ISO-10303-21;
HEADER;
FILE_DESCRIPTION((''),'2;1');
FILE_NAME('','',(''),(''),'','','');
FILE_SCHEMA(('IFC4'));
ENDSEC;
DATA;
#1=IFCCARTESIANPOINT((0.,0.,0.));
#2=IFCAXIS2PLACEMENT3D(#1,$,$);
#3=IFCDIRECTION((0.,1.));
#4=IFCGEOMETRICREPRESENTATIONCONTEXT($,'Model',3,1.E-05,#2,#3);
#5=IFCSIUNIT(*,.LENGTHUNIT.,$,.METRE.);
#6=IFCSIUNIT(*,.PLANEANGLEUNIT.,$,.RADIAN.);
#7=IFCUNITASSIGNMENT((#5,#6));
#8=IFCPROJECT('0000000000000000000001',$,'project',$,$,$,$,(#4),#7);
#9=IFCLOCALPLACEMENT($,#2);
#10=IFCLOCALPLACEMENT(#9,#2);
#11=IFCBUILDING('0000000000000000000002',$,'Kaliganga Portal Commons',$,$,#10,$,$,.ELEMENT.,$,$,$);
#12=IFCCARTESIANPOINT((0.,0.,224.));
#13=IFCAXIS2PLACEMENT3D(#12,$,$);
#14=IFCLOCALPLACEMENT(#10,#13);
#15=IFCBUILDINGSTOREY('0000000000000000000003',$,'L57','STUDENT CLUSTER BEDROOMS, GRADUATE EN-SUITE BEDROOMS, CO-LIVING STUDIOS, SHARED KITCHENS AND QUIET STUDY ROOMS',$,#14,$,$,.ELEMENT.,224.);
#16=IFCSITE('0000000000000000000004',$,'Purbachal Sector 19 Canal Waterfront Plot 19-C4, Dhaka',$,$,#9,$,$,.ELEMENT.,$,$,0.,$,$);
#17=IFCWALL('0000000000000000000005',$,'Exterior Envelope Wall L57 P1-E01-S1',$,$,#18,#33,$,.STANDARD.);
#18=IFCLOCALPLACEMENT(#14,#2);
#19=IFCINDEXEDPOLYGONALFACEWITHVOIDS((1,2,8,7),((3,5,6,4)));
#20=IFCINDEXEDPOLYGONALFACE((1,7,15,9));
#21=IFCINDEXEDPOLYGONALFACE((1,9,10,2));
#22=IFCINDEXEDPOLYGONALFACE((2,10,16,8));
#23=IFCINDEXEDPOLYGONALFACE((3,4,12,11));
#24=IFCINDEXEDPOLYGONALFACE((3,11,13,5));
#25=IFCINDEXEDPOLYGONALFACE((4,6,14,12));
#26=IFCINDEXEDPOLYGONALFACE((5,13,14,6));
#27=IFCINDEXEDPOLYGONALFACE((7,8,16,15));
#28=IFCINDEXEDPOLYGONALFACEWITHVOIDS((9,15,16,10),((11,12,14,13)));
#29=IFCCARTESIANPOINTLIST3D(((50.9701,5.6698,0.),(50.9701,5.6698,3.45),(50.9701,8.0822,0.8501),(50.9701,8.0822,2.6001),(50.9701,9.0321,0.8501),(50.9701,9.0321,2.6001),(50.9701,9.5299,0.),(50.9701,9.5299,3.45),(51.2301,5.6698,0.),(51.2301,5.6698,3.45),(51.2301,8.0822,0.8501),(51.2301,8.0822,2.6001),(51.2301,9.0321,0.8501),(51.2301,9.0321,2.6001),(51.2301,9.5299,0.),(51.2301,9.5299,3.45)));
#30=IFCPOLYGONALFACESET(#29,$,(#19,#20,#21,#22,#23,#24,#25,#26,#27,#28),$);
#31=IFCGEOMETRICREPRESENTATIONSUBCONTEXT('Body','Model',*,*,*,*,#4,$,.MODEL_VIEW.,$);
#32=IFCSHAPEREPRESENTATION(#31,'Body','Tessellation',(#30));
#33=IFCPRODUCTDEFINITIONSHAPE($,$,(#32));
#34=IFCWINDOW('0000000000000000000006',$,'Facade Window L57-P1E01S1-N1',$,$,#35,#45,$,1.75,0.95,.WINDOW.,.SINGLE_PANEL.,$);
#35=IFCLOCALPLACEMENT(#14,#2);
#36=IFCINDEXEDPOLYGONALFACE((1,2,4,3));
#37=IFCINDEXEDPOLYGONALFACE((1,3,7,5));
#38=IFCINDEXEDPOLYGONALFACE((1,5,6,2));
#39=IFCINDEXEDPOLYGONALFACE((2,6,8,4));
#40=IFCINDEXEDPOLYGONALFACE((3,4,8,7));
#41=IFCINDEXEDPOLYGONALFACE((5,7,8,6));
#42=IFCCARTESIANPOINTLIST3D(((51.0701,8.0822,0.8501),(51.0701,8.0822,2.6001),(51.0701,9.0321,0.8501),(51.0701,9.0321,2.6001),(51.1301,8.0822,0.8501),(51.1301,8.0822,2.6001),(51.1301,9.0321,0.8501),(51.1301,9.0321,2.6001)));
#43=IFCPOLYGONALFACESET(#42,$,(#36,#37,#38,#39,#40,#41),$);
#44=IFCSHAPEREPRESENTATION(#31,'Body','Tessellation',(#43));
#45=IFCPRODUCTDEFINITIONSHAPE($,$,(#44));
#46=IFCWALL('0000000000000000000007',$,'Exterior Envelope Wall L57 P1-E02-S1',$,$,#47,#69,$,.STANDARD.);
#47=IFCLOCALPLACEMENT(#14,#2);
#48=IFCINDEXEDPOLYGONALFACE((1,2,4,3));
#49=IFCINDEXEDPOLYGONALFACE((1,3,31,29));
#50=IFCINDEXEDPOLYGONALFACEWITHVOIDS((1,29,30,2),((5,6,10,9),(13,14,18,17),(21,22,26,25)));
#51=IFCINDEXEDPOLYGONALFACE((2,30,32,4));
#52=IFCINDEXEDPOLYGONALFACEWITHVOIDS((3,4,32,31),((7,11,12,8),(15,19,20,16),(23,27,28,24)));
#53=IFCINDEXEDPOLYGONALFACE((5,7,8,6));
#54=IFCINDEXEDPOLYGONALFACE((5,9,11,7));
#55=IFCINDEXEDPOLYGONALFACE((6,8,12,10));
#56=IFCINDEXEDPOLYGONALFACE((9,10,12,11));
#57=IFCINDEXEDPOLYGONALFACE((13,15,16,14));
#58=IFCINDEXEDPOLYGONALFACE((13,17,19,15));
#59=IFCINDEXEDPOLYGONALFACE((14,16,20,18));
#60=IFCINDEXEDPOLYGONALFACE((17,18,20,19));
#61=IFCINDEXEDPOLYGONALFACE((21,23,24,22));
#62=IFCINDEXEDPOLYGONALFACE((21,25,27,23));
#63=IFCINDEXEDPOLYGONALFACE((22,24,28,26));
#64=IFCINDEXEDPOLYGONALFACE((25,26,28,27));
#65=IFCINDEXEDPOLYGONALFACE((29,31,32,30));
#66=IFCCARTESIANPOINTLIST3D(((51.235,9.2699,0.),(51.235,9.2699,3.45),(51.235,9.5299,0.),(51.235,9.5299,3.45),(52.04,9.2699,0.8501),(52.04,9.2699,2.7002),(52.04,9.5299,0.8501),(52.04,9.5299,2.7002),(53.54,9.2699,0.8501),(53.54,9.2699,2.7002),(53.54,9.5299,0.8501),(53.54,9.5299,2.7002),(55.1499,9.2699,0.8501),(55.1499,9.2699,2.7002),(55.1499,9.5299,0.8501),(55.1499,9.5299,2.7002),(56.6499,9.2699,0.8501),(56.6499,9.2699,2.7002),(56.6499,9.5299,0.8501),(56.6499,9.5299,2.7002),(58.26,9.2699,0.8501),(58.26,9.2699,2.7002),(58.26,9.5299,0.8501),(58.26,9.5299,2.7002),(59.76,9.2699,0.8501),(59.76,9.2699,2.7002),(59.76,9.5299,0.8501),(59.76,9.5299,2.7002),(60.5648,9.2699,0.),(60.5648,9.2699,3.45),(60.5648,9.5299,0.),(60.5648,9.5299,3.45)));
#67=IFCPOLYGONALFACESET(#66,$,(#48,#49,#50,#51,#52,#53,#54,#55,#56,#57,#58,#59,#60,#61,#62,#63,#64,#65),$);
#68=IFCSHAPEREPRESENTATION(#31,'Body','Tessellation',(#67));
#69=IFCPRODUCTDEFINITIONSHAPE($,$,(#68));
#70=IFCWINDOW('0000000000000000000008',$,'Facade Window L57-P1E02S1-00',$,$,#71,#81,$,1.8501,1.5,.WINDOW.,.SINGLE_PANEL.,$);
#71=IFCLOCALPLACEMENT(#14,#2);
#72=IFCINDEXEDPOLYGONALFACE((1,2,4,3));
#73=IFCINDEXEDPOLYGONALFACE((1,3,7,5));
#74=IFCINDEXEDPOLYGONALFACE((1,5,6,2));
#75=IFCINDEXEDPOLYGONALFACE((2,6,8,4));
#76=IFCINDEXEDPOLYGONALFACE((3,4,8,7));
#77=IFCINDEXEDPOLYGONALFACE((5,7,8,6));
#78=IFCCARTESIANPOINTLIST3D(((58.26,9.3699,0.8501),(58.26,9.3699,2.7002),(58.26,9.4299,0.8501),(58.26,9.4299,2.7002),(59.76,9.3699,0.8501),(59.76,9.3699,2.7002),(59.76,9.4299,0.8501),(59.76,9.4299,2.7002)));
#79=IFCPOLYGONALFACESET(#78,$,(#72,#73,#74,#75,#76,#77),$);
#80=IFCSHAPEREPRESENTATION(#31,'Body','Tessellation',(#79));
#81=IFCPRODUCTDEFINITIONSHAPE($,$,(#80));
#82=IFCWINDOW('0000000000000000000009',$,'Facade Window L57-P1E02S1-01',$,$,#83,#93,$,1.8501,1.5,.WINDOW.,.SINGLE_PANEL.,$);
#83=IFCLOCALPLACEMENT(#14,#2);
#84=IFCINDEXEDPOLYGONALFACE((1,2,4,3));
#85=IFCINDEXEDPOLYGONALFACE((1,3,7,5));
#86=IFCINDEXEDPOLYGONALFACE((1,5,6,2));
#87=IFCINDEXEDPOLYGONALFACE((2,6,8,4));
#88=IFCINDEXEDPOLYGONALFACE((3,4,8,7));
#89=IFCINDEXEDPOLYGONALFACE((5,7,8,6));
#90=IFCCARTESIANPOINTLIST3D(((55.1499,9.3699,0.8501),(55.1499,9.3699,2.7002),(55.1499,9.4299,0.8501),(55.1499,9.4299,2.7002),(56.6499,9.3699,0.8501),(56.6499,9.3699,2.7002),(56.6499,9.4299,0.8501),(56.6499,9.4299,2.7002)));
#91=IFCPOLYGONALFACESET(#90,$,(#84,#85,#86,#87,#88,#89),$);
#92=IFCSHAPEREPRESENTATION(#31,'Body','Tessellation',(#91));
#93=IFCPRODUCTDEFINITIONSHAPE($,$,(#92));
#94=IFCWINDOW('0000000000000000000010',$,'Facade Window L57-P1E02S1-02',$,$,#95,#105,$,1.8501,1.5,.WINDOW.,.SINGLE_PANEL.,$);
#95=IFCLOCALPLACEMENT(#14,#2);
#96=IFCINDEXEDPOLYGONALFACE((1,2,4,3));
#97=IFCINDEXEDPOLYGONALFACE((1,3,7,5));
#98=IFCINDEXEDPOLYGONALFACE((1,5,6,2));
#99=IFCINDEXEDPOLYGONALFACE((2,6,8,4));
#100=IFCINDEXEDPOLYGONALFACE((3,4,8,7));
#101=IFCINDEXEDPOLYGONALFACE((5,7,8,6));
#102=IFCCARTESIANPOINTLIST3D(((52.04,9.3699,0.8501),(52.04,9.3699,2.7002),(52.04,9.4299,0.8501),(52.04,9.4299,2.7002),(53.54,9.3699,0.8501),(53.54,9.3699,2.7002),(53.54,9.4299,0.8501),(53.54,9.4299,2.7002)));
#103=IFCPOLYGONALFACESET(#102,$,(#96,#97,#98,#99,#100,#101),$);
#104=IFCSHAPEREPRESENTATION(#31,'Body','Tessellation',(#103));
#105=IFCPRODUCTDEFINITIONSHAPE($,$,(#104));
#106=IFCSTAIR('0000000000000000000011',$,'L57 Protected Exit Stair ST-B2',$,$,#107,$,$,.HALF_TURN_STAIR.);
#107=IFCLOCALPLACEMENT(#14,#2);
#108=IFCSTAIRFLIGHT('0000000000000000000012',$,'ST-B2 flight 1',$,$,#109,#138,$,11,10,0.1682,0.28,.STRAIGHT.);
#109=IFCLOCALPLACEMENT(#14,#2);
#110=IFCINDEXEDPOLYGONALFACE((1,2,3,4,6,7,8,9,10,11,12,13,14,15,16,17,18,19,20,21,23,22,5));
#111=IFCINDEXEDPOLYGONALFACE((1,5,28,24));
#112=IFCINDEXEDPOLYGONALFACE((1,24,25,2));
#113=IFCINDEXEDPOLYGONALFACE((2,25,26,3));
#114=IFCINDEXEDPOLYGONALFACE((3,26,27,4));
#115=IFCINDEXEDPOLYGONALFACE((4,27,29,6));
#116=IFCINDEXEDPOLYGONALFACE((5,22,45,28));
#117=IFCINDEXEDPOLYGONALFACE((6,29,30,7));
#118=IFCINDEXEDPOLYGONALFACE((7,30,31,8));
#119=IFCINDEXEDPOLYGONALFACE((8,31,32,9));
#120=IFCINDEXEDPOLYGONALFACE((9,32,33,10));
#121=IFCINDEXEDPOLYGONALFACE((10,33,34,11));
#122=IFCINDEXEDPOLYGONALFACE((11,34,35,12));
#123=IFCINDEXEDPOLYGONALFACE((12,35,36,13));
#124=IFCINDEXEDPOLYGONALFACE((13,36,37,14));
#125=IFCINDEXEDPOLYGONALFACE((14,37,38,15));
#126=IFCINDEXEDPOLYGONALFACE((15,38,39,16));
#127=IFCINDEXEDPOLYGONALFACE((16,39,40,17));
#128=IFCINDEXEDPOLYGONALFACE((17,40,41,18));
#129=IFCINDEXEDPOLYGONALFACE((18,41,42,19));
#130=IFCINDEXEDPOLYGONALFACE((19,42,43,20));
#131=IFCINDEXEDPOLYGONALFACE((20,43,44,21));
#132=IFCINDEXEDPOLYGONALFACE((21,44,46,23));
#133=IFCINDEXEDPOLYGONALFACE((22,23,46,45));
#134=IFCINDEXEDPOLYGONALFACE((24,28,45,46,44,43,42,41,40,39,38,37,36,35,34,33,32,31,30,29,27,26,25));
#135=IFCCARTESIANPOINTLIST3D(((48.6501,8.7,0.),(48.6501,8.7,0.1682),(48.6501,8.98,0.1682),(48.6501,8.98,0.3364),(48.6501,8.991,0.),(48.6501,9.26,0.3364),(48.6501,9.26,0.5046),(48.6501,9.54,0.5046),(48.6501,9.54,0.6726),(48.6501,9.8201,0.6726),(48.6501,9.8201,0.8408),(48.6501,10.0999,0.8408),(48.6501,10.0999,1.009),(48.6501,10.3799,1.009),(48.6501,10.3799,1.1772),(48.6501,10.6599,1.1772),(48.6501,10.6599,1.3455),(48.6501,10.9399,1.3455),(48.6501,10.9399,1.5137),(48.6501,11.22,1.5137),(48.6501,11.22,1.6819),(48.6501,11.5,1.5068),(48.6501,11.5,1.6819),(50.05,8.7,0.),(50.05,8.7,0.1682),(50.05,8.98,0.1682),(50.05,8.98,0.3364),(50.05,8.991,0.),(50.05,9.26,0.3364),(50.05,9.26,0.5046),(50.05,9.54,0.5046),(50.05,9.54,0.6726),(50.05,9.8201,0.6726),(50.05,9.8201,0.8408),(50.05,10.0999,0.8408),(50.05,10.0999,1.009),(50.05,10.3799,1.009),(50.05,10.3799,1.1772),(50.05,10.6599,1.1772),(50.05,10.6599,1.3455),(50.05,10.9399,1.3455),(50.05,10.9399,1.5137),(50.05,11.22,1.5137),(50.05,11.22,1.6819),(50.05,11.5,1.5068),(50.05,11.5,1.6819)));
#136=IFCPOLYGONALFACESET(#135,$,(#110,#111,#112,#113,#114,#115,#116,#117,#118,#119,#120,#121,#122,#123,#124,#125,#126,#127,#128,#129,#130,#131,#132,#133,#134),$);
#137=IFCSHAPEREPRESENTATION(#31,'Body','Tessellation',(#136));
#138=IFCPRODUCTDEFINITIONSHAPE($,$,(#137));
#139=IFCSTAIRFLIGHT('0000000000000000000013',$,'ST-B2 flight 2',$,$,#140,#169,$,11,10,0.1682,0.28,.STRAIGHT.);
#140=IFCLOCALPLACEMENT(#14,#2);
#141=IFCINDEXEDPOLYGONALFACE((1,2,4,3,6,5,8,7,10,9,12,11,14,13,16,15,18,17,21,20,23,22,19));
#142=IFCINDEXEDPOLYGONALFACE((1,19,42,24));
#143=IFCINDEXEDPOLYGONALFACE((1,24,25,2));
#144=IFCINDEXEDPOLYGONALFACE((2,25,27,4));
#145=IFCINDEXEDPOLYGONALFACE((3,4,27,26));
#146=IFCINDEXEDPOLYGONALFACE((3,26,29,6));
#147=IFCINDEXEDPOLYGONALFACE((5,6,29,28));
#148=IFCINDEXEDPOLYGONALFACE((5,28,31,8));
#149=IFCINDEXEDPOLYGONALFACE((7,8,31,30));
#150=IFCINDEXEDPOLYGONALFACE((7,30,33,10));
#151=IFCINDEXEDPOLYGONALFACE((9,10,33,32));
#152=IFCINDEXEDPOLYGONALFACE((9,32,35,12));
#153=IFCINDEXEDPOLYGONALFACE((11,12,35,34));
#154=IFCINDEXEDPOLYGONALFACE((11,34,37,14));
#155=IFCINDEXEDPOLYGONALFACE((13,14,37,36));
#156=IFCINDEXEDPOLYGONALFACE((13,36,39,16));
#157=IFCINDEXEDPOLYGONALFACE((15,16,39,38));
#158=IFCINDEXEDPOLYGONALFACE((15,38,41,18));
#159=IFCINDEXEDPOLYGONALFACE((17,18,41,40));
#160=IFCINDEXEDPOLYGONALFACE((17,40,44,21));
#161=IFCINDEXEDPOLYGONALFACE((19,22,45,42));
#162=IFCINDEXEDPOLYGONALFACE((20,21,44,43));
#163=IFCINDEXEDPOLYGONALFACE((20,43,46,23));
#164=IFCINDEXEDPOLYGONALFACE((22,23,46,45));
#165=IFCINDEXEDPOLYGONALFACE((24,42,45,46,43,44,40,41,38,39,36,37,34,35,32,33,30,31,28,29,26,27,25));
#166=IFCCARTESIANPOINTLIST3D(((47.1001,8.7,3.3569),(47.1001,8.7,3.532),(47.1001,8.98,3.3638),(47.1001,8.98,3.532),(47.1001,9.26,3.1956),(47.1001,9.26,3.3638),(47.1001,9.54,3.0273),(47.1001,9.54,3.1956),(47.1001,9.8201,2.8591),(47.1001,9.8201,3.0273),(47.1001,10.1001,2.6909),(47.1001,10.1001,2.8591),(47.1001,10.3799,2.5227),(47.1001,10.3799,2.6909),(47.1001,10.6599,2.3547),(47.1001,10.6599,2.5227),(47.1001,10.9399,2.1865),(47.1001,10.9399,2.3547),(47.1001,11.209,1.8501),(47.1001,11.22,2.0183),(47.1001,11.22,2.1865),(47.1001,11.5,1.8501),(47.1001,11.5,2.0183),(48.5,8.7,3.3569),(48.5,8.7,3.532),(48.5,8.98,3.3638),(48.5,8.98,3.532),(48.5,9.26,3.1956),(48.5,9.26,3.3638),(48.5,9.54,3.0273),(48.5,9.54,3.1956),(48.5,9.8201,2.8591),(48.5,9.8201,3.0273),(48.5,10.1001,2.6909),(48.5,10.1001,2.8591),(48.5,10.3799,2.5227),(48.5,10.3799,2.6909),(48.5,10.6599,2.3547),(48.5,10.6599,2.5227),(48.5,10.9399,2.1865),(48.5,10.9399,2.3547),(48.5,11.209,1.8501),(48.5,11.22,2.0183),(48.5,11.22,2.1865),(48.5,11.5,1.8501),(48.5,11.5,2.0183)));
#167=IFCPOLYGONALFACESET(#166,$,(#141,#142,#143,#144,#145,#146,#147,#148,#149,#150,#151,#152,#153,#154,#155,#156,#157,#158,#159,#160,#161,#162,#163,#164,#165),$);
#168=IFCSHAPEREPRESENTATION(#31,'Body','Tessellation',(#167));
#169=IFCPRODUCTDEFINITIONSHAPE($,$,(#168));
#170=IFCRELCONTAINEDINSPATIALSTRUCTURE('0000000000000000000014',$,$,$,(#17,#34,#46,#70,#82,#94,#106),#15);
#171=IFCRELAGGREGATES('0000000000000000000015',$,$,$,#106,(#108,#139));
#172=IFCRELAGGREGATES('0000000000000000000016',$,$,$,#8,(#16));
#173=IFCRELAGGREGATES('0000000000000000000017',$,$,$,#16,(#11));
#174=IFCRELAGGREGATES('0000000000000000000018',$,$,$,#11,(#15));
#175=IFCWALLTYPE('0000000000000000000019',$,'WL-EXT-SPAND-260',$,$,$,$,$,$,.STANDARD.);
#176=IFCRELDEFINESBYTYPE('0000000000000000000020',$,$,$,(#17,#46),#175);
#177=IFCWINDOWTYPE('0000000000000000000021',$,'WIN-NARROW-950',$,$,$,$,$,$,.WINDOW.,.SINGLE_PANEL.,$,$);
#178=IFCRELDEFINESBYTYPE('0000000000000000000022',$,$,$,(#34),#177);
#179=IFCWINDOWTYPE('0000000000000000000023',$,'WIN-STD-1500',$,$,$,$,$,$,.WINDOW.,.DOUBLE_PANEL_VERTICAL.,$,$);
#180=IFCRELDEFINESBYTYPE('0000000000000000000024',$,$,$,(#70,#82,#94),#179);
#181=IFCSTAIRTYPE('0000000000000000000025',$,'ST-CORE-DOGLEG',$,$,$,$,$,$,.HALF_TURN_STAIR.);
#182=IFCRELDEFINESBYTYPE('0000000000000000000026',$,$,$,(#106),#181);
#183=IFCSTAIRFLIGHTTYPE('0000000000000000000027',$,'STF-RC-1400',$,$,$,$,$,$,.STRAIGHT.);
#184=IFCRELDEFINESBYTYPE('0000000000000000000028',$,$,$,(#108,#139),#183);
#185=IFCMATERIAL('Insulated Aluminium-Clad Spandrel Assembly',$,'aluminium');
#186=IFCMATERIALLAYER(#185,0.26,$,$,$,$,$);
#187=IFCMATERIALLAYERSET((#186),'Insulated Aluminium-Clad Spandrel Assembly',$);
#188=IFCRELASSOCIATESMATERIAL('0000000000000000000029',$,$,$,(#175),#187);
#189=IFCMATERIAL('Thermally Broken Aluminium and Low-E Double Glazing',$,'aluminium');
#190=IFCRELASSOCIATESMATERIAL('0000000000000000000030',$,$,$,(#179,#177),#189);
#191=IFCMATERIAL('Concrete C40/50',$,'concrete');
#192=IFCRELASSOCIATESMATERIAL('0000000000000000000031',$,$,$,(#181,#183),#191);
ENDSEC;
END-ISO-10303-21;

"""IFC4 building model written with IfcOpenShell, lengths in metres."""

from ifc_helpers import new_model, si_unit, direction, frame, frame_2d, origin, place, context, subcontext, project, spatial, polyline, rectangle, outline, extrude, material, layer, layer_set, type_object, element, fill, aggregate, save


model = new_model("IFC4")

# Units and contexts
model_context = context("Model", 3, precision=1e-05, world=origin(), true_north=direction((0.0, 1.0)))
body_context = subcontext(model_context, "Body", "Model", "MODEL_VIEW")
ifc_project = project(units=[si_unit("LENGTHUNIT", "METRE"), si_unit("PLANEANGLEUNIT", "RADIAN")], contexts=[model_context])

# Site, building, storey
site_placement = place(None, origin())
site = spatial("IfcSite", under=ifc_project, at=site_placement, Name="Purbachal Sector 19 Canal Waterfront Plot 19-C4, Dhaka", CompositionType="ELEMENT", RefElevation=0.0)
building_placement = place(site_placement, origin())
building = spatial("IfcBuilding", under=site, at=building_placement, Name="Kaliganga Portal Commons", CompositionType="ELEMENT")
storey_placement = place(building_placement, frame((0.0, 0.0, 224.0)))
storey = spatial("IfcBuildingStorey", under=building, at=storey_placement, Name="L57", Description="STUDENT CLUSTER BEDROOMS, GRADUATE EN-SUITE BEDROOMS, CO-LIVING STUDIOS, SHARED KITCHENS AND QUIET STUDY ROOMS", CompositionType="ELEMENT", Elevation=224.0)

# Shared definitions
ifc_material_1 = material(Name="Insulated Aluminium-Clad Spandrel Assembly", Category="aluminium")
ifc_layer_1 = layer(ifc_material_1, 0.26)
ifc_layer_set_1 = layer_set([ifc_layer_1], Name="Insulated Aluminium-Clad Spandrel Assembly")
wall_type_1 = type_object("IfcWallType", Name="WL-EXT-SPAND-260", PredefinedType="STANDARD", material=ifc_layer_set_1)
ifc_material_2 = material(Name="Thermally Broken Aluminium and Low-E Double Glazing", Category="aluminium")
window_type_1 = type_object("IfcWindowType", Name="WIN-STD-1500", PartitioningType="DOUBLE_PANEL_VERTICAL", PredefinedType="WINDOW", material=ifc_material_2)

# Wall, opening, window
wall_1_placement = place(storey_placement, frame((51.1001, 9.53, 0.0), z_axis=(0.0, 0.0, 1.0), x_axis=(0.0, -1.0, 0.0)))
wall_1 = element("IfcWall", 1, at=wall_1_placement, inside=storey, type_object=wall_type_1, Name="Exterior Envelope Wall L57 P1-E01-S1", PredefinedType="STANDARD", context=body_context, shape_type="SweptSolid", body=[
    extrude(rectangle(XDim=3.8601, YDim=0.26, at=frame_2d((1.9302, 0.0))), origin(), (0.0, 0.0, 1.0), 3.45),
])
opening_1_placement = place(wall_1_placement, frame((0.4978, 0.0, 0.8501)))
opening_1 = element("IfcOpeningElement", 2, at=opening_1_placement, cuts=wall_1, PredefinedType="OPENING", context=body_context, shape_type="SweptSolid", body=[
    extrude(rectangle(XDim=0.95, YDim=1.75, at=frame_2d((0.4751, 0.875))), frame((0.0, 0.1401, 0.0), z_axis=(0.0, -1.0, 0.0), x_axis=(1.0, 0.0, 0.0)), (0.0, 0.0, 1.0), 0.28),
])
window_type_2 = type_object("IfcWindowType", Name="WIN-NARROW-950", PartitioningType="SINGLE_PANEL", PredefinedType="WINDOW", material=ifc_material_2)
window_1_placement = place(opening_1_placement, origin())
window_1 = element("IfcWindow", 3, at=window_1_placement, inside=storey, type_object=window_type_2, Name="Facade Window L57-P1E01S1-N1", OverallHeight=1.75, OverallWidth=0.95, PartitioningType="SINGLE_PANEL", PredefinedType="WINDOW", context=body_context, shape_type="SweptSolid", body=[
    extrude(rectangle(XDim=0.95, YDim=1.75, at=frame_2d((0.4751, 0.875))), frame((0.0, 0.03, 0.0), z_axis=(0.0, -1.0, 0.0), x_axis=(1.0, 0.0, 0.0)), (0.0, 0.0, 1.0), 0.0601),
])
fill(opening_1, window_1)

# Wall, openings, windows
wall_2_placement = place(storey_placement, frame((60.5649, 9.3999, 0.0), z_axis=(0.0, 0.0, 1.0), x_axis=(-1.0, 0.0, 0.0)))
wall_2 = element("IfcWall", 4, at=wall_2_placement, inside=storey, type_object=wall_type_1, Name="Exterior Envelope Wall L57 P1-E02-S1", PredefinedType="STANDARD", context=body_context, shape_type="SweptSolid", body=[
    extrude(rectangle(XDim=9.3298, YDim=0.26, at=frame_2d((4.665, 0.0))), origin(), (0.0, 0.0, 1.0), 3.45),
])
opening_2_placement = place(wall_2_placement, frame((0.8049, 0.0, 0.8501)))
opening_2 = element("IfcOpeningElement", 5, at=opening_2_placement, cuts=wall_2, PredefinedType="OPENING", context=body_context, shape_type="SweptSolid", body=[
    extrude(rectangle(XDim=1.5, YDim=1.8501, at=frame_2d((0.75, 0.925))), frame((0.0, 0.1401, 0.0), z_axis=(0.0, -1.0, 0.0), x_axis=(1.0, 0.0, 0.0)), (0.0, 0.0, 1.0), 0.28),
])
opening_3_placement = place(wall_2_placement, frame((3.915, 0.0, 0.8501)))
opening_3 = element("IfcOpeningElement", 6, at=opening_3_placement, cuts=wall_2, PredefinedType="OPENING", context=body_context, shape_type="SweptSolid", body=[
    extrude(rectangle(XDim=1.5, YDim=1.8501, at=frame_2d((0.75, 0.925))), frame((0.0, 0.1401, 0.0), z_axis=(0.0, -1.0, 0.0), x_axis=(1.0, 0.0, 0.0)), (0.0, 0.0, 1.0), 0.28),
])
opening_4_placement = place(wall_2_placement, frame((7.0249, 0.0, 0.8501)))
opening_4 = element("IfcOpeningElement", 7, at=opening_4_placement, cuts=wall_2, PredefinedType="OPENING", context=body_context, shape_type="SweptSolid", body=[
    extrude(rectangle(XDim=1.5, YDim=1.8501, at=frame_2d((0.75, 0.925))), frame((0.0, 0.1401, 0.0), z_axis=(0.0, -1.0, 0.0), x_axis=(1.0, 0.0, 0.0)), (0.0, 0.0, 1.0), 0.28),
])
window_2_placement = place(opening_2_placement, origin())
window_2 = element("IfcWindow", 8, at=window_2_placement, inside=storey, type_object=window_type_1, Name="Facade Window L57-P1E02S1-00", OverallHeight=1.8501, OverallWidth=1.5, PartitioningType="SINGLE_PANEL", PredefinedType="WINDOW", context=body_context, shape_type="SweptSolid", body=[
    extrude(rectangle(XDim=1.5, YDim=1.8501, at=frame_2d((0.75, 0.925))), frame((0.0, 0.03, 0.0), z_axis=(0.0, -1.0, 0.0), x_axis=(1.0, 0.0, 0.0)), (0.0, 0.0, 1.0), 0.0601),
])
fill(opening_2, window_2)
window_3_placement = place(opening_3_placement, origin())
window_3 = element("IfcWindow", 9, at=window_3_placement, inside=storey, type_object=window_type_1, Name="Facade Window L57-P1E02S1-01", OverallHeight=1.8501, OverallWidth=1.5, PartitioningType="SINGLE_PANEL", PredefinedType="WINDOW", context=body_context, shape_type="SweptSolid", body=[
    extrude(rectangle(XDim=1.5, YDim=1.8501, at=frame_2d((0.75, 0.925))), frame((0.0, 0.03, 0.0), z_axis=(0.0, -1.0, 0.0), x_axis=(1.0, 0.0, 0.0)), (0.0, 0.0, 1.0), 0.0601),
])
fill(opening_3, window_3)
window_4_placement = place(opening_4_placement, origin())
window_4 = element("IfcWindow", 10, at=window_4_placement, inside=storey, type_object=window_type_1, Name="Facade Window L57-P1E02S1-02", OverallHeight=1.8501, OverallWidth=1.5, PartitioningType="SINGLE_PANEL", PredefinedType="WINDOW", context=body_context, shape_type="SweptSolid", body=[
    extrude(rectangle(XDim=1.5, YDim=1.8501, at=frame_2d((0.75, 0.925))), frame((0.0, 0.03, 0.0), z_axis=(0.0, -1.0, 0.0), x_axis=(1.0, 0.0, 0.0)), (0.0, 0.0, 1.0), 0.0601),
])
fill(opening_4, window_4)

# Stair, stair flights
ifc_material_3 = material(Name="Concrete C40/50", Category="concrete")
stair_type = type_object("IfcStairType", Name="ST-CORE-DOGLEG", PredefinedType="HALF_TURN_STAIR", material=ifc_material_3)
stair_placement = place(storey_placement, origin())
stair = element("IfcStair", 11, at=stair_placement, inside=storey, type_object=stair_type, Name="L57 Protected Exit Stair ST-B2", PredefinedType="HALF_TURN_STAIR")
stair_flight_type = type_object("IfcStairFlightType", Name="STF-RC-1400", PredefinedType="STRAIGHT", material=ifc_material_3)
stair_flight_1_placement = place(storey_placement, frame((49.3501, 8.7, 0.0), z_axis=(0.0, 0.0, 1.0), x_axis=(0.0, 1.0, 0.0)))
stair_flight_1 = element("IfcStairFlight", 12, at=stair_flight_1_placement, type_object=stair_flight_type, Name="ST-B2 flight 1", NumberOfRisers=11, NumberOfTreads=10, PredefinedType="STRAIGHT", RiserHeight=0.1682, TreadLength=0.28, context=body_context, shape_type="SweptSolid", body=[
    extrude(outline(polyline([(0.0, 0.0), (0.0, 0.1682), (0.28, 0.1682), (0.28, 0.3364), (0.5601, 0.3364), (0.5601, 0.5046), (0.8401, 0.5046), (0.8401, 0.6726), (1.1201, 0.6726), (1.1201, 0.8408), (1.3999, 0.8408), (1.3999, 1.009), (1.6799, 1.009), (1.6799, 1.1772), (1.96, 1.1772), (1.96, 1.3455), (2.24, 1.3455), (2.24, 1.5137), (2.52, 1.5137), (2.52, 1.6819), (2.8, 1.6819), (2.8, 1.8501), (2.8, 1.5068), (0.291, 0.0), (0.0, 0.0)])), frame((0.0, 0.7, 0.0), z_axis=(0.0, -1.0, 0.0), x_axis=(1.0, 0.0, 0.0)), (0.0, 0.0, 1.0), 1.3999),
])
stair_flight_2_placement = place(storey_placement, frame((47.8, 11.5, 1.8501), z_axis=(0.0, 0.0, 1.0), x_axis=(0.0, -1.0, 0.0)))
stair_flight_2 = element("IfcStairFlight", 13, at=stair_flight_2_placement, type_object=stair_flight_type, Name="ST-B2 flight 2", NumberOfRisers=11, NumberOfTreads=10, PredefinedType="STRAIGHT", RiserHeight=0.1682, TreadLength=0.28, context=body_context, shape_type="SweptSolid", body=[
    extrude(outline(polyline([(0.0, 0.0), (0.0, 0.1682), (0.28, 0.1682), (0.28, 0.3364), (0.5601, 0.3364), (0.5601, 0.5046), (0.8401, 0.5046), (0.8401, 0.6726), (1.1201, 0.6726), (1.1201, 0.8408), (1.3999, 0.8408), (1.3999, 1.009), (1.6799, 1.009), (1.6799, 1.1772), (1.96, 1.1772), (1.96, 1.3455), (2.24, 1.3455), (2.24, 1.5137), (2.52, 1.5137), (2.52, 1.6819), (2.8, 1.6819), (2.8, 1.8501), (2.8, 1.5068), (0.291, 0.0), (0.0, 0.0)])), frame((0.0, 0.7, 0.0), z_axis=(0.0, -1.0, 0.0), x_axis=(1.0, 0.0, 0.0)), (0.0, 0.0, 1.0), 1.3999),
])
aggregate(stair, [stair_flight_1, stair_flight_2])

save(model, "model.ifc")
